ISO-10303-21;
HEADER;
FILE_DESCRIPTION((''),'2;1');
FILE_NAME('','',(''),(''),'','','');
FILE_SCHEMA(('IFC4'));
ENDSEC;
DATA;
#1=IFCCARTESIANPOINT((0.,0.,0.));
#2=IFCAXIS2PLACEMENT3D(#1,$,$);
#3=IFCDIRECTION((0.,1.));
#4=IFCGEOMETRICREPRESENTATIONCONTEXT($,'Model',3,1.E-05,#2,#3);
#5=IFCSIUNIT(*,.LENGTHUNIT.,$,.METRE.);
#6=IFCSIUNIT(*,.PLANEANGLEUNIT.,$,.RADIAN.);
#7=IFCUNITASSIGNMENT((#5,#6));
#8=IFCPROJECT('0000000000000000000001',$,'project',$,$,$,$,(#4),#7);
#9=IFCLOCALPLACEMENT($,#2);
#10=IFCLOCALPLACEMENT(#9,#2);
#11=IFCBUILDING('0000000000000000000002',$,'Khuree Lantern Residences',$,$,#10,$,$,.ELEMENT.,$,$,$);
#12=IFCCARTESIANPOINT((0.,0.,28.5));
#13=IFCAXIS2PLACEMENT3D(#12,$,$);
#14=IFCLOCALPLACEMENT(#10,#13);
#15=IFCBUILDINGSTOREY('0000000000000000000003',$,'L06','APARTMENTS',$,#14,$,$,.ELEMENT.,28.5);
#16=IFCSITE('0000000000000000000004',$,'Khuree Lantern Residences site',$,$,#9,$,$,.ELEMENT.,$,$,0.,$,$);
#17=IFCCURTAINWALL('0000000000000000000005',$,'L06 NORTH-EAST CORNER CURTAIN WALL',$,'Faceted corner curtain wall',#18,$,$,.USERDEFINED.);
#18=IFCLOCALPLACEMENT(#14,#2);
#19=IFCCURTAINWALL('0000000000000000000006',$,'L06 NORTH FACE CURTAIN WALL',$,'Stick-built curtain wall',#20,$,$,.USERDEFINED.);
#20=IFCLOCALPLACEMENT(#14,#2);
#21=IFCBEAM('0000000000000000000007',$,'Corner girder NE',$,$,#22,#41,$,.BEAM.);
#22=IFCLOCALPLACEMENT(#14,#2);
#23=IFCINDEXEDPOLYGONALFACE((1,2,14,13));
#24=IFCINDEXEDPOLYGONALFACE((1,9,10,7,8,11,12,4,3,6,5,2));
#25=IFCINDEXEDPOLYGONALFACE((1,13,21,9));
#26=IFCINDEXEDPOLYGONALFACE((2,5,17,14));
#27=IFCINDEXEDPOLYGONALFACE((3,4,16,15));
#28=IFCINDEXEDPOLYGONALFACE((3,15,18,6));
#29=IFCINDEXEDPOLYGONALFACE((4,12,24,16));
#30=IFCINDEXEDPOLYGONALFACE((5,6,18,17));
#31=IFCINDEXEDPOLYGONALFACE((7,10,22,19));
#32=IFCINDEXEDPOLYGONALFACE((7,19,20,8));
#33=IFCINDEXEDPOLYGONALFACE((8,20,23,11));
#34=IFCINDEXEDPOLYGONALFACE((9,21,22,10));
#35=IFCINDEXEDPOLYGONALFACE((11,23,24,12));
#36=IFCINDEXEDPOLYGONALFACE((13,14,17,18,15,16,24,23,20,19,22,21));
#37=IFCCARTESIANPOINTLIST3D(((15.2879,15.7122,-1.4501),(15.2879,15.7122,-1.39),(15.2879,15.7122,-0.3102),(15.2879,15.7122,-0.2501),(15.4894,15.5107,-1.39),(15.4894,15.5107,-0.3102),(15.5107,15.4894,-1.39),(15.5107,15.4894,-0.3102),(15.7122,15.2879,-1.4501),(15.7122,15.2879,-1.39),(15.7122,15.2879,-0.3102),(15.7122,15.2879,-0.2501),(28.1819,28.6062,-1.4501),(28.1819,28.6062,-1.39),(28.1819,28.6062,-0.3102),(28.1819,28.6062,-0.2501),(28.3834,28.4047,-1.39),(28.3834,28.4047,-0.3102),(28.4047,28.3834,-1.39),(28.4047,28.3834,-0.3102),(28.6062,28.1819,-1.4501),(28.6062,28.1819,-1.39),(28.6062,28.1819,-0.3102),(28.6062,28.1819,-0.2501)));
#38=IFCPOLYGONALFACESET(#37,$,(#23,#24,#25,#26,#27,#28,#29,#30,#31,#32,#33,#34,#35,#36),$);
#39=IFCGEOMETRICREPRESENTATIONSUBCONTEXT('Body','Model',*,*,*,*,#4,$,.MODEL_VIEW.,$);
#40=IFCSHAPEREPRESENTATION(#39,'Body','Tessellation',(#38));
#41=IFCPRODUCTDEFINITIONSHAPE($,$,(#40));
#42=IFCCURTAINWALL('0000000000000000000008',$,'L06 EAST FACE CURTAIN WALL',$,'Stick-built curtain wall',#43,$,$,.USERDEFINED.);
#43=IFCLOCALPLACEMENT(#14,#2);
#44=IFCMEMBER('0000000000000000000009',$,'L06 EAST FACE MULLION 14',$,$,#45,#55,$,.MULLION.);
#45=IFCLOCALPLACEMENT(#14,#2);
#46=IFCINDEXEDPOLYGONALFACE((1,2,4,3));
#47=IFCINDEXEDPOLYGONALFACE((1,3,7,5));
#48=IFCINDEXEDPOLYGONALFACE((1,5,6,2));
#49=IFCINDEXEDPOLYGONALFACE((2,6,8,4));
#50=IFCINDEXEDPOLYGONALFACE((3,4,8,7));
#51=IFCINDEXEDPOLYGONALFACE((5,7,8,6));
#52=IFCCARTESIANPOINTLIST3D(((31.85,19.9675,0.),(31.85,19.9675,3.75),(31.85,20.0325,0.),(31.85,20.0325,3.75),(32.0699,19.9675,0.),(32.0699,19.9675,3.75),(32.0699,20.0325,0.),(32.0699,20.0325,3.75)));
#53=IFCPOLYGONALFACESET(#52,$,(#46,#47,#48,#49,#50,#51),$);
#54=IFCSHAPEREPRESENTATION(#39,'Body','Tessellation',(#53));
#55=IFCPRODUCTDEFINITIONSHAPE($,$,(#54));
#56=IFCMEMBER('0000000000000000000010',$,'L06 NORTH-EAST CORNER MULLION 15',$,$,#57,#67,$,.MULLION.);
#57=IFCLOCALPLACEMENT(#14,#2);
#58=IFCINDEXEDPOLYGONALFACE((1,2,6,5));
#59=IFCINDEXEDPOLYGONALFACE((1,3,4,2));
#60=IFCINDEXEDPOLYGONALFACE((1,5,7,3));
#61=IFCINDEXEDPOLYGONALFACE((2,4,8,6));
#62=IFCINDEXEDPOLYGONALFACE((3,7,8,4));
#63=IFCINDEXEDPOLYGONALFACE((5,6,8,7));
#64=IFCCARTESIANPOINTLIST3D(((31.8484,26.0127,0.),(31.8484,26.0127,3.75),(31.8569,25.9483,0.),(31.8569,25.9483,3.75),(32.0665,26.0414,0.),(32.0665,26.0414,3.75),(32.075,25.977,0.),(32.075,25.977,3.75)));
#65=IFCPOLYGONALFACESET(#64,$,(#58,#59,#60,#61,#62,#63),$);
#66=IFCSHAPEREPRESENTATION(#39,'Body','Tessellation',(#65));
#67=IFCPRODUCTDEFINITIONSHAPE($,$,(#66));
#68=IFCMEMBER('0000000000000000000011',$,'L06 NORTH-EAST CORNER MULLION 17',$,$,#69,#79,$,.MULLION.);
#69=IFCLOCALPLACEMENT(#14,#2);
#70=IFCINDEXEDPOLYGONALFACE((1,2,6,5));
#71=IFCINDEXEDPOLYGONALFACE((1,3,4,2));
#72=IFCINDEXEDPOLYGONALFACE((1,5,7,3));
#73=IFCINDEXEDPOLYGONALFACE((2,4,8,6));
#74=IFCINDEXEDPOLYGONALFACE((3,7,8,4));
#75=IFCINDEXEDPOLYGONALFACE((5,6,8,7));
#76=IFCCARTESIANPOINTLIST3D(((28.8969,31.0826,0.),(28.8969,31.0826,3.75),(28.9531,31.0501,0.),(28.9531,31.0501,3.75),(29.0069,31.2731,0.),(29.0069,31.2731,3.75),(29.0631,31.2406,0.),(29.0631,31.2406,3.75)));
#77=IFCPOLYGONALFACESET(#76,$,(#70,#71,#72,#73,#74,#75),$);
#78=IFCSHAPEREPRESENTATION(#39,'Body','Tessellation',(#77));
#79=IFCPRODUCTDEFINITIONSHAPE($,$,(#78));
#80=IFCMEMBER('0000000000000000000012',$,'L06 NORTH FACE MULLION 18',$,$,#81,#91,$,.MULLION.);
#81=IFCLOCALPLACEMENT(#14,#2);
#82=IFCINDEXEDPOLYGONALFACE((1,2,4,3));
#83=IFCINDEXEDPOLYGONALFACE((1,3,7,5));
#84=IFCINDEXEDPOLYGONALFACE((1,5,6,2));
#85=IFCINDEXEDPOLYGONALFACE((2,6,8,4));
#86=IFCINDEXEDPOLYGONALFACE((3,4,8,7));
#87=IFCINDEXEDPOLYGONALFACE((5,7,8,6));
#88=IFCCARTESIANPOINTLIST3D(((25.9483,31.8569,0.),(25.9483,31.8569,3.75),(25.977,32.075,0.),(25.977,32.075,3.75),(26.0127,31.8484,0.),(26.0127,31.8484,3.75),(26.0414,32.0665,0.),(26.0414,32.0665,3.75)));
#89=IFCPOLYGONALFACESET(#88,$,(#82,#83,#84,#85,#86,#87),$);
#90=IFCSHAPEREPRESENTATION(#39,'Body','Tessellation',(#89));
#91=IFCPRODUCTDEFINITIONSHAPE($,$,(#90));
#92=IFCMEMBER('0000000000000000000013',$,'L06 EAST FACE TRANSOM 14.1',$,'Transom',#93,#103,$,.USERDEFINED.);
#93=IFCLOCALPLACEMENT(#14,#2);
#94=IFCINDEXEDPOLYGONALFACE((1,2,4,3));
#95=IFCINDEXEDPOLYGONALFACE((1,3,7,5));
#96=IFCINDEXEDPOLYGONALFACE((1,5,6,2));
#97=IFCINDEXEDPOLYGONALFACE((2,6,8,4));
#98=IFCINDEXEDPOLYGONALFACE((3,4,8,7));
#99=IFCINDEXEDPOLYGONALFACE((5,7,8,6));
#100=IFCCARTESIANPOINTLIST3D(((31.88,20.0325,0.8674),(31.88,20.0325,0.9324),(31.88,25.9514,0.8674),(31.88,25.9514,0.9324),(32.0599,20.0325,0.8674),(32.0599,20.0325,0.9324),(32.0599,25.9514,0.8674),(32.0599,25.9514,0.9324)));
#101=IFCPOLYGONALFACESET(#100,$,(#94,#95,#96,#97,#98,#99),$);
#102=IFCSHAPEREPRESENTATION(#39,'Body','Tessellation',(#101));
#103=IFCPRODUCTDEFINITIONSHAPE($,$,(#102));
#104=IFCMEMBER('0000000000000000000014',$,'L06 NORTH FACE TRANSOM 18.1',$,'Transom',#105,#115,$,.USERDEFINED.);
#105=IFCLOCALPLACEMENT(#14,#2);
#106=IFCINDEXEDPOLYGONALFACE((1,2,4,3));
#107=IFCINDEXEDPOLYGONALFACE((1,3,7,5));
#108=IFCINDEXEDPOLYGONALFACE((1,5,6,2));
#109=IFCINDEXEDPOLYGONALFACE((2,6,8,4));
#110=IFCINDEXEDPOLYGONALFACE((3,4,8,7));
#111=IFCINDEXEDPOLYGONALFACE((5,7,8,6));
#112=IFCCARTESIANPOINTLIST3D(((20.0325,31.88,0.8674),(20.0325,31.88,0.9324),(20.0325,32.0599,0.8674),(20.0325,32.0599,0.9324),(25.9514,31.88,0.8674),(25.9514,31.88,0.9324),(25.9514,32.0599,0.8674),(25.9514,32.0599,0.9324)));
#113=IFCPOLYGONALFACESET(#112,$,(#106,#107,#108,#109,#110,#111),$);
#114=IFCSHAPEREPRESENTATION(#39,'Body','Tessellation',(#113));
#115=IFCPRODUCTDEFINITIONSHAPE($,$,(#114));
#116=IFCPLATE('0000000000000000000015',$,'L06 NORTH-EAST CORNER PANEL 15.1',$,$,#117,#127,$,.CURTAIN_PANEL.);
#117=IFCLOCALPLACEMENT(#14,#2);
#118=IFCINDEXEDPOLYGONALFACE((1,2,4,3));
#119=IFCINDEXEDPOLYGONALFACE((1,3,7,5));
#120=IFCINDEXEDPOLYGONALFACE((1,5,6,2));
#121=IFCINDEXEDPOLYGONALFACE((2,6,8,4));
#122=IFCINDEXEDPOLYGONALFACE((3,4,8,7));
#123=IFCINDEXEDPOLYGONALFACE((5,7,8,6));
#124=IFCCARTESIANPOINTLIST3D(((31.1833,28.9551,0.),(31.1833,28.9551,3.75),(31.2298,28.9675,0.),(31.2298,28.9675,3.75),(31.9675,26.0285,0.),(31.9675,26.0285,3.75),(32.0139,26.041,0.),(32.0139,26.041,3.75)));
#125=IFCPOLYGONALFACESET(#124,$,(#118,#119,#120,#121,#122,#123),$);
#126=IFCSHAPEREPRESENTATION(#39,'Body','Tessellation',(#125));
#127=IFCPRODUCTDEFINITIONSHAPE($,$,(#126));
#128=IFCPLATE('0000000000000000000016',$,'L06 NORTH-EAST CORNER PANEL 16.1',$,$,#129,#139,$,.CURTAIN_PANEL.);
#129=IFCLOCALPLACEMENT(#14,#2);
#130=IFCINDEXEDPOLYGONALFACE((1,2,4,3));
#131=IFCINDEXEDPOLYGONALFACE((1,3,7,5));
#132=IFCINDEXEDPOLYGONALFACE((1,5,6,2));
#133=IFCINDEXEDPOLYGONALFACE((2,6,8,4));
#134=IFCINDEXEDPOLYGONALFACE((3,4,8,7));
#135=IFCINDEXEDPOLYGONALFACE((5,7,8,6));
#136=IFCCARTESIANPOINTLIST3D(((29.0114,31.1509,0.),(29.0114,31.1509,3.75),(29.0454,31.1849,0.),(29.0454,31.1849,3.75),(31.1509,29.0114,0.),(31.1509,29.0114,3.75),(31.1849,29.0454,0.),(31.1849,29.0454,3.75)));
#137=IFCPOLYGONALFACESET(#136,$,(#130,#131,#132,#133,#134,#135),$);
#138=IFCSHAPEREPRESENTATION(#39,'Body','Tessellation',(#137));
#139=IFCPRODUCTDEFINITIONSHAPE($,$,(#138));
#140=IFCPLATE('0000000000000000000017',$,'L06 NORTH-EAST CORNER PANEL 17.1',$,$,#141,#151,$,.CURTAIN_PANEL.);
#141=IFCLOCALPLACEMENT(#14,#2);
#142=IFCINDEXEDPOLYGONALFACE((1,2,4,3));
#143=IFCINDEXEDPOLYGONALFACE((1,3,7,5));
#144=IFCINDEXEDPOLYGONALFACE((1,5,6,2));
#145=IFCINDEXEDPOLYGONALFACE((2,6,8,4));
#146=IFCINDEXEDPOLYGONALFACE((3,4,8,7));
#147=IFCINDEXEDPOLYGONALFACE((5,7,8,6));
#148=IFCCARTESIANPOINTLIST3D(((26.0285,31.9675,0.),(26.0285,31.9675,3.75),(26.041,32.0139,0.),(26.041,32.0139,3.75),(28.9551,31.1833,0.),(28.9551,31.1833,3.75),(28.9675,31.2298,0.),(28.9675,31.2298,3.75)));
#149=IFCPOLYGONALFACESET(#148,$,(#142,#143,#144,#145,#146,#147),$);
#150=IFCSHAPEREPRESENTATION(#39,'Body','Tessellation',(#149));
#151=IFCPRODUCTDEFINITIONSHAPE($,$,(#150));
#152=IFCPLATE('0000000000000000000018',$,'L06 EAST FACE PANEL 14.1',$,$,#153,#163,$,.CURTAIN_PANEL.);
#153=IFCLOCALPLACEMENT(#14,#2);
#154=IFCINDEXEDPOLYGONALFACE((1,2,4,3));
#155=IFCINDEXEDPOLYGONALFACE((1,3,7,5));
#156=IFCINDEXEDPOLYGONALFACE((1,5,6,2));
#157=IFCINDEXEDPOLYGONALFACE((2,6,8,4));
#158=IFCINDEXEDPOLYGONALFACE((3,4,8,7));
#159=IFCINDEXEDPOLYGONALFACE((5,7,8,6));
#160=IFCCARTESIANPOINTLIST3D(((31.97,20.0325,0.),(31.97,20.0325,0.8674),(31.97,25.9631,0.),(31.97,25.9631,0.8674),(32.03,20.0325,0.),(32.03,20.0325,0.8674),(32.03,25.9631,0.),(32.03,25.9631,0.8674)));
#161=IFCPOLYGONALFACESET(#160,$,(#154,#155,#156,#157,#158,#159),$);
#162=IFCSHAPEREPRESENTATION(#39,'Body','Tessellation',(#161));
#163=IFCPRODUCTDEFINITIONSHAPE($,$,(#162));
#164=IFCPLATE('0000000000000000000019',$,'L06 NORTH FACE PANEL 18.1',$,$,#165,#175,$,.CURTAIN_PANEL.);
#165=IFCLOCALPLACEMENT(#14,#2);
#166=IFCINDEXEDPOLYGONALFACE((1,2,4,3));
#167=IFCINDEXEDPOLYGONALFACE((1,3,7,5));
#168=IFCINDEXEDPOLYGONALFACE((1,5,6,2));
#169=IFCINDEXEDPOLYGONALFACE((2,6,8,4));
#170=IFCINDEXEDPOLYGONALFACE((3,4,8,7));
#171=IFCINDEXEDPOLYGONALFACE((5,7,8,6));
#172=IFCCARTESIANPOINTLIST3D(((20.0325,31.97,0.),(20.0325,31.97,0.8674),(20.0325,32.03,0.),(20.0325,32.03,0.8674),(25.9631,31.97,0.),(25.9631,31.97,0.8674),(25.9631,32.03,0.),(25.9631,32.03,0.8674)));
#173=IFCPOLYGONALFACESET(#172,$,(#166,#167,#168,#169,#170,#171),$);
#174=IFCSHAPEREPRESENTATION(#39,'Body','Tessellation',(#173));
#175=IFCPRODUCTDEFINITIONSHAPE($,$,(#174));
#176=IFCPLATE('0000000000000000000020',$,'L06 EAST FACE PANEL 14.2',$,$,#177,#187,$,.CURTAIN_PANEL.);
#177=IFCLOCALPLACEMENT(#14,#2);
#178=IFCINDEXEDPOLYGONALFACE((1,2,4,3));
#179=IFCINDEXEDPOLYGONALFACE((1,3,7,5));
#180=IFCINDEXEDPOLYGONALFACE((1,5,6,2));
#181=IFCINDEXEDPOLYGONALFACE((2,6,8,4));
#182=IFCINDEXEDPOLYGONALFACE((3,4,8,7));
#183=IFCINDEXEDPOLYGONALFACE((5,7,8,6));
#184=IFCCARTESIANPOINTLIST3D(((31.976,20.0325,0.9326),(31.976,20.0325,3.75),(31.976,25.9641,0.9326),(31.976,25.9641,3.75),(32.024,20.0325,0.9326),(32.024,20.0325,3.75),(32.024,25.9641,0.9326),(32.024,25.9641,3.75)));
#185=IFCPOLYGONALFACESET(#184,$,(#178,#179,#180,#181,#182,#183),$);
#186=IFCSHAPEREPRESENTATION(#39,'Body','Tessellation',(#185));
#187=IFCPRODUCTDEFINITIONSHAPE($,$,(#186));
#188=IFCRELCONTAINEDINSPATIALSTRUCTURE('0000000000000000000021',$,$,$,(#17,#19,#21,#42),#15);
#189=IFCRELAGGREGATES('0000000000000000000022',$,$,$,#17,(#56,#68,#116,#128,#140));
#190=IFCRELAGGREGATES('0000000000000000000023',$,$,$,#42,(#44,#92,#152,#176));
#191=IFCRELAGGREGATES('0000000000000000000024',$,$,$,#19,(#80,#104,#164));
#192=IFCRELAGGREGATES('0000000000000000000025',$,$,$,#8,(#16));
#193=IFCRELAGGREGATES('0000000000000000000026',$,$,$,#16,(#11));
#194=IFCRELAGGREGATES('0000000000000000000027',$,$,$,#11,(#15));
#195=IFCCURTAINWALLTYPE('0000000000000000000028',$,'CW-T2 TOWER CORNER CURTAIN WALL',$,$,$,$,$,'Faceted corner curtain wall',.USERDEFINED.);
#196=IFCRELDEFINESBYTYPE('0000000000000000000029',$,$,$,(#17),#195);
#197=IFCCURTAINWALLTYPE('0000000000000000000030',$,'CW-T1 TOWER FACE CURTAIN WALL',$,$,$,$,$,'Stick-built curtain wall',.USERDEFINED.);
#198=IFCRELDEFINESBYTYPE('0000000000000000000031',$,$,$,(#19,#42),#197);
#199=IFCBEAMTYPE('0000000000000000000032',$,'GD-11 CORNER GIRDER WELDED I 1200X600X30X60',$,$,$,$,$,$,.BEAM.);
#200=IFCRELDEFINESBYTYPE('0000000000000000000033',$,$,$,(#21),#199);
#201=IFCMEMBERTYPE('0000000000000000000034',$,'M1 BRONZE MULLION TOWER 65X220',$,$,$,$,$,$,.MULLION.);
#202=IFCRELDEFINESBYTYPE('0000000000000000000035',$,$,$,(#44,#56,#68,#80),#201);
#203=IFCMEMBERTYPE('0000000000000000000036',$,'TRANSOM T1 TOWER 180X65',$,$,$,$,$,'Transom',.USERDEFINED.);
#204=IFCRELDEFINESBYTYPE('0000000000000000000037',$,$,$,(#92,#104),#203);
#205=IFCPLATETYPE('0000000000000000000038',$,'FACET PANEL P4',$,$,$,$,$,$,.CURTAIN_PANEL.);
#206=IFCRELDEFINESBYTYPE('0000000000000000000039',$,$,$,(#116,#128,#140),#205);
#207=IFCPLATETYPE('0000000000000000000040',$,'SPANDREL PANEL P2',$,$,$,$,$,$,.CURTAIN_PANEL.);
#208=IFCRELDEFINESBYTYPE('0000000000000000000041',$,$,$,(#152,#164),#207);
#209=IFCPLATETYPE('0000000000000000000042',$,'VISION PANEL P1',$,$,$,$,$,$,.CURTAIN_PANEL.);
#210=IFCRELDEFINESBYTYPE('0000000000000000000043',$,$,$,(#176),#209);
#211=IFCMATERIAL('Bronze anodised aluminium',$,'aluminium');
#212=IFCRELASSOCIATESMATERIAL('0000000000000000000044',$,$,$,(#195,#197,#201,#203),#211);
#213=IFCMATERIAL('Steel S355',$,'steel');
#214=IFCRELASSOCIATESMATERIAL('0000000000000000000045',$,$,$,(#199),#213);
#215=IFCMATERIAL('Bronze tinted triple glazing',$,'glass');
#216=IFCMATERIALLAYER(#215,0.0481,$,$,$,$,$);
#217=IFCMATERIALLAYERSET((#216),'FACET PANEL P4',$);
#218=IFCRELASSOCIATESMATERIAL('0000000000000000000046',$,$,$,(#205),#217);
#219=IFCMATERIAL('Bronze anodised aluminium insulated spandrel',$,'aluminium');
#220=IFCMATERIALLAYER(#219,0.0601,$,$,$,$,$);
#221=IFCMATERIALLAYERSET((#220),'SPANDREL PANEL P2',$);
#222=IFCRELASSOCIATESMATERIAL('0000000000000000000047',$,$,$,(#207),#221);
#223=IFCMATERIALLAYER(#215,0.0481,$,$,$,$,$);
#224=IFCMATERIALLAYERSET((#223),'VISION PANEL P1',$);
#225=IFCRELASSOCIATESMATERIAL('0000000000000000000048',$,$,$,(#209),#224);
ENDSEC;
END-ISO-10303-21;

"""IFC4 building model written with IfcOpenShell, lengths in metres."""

from ifc_helpers import new_model, si_unit, direction, frame, origin, origin_2d, place, context, subcontext, project, spatial, rectangle, i_section, extrude, material, layer, layer_set, material_profile, profile_set, type_object, element, aggregate, save


model = new_model("IFC4")

# Units and contexts
model_context = context("Model", 3, precision=1e-05, world=origin(), true_north=direction((0.0, 1.0)))
body_context = subcontext(model_context, "Body", "Model", "MODEL_VIEW")
ifc_project = project(units=[si_unit("LENGTHUNIT", "METRE"), si_unit("PLANEANGLEUNIT", "RADIAN")], contexts=[model_context])

# Site, building, storey
site_placement = place(None, origin())
site = spatial("IfcSite", under=ifc_project, at=site_placement, Name="Khuree Lantern Residences site", CompositionType="ELEMENT", RefElevation=0.0)
building_placement = place(site_placement, origin())
building = spatial("IfcBuilding", under=site, at=building_placement, Name="Khuree Lantern Residences", CompositionType="ELEMENT")
storey_placement = place(building_placement, frame((0.0, 0.0, 28.5)))
storey = spatial("IfcBuildingStorey", under=building, at=storey_placement, Name="L06", Description="APARTMENTS", CompositionType="ELEMENT", Elevation=28.5)

# Shared definitions
ifc_material_1 = material(Name="Steel S355", Category="steel")

# Curtain walls
ifc_material_2 = material(Name="Bronze anodised aluminium", Category="aluminium")
curtain_wall_type_1 = type_object("IfcCurtainWallType", Name="CW-T2 TOWER CORNER CURTAIN WALL", ElementType="Faceted corner curtain wall", PredefinedType="USERDEFINED", material=ifc_material_2)
curtain_wall_1_placement = place(storey_placement, origin())
curtain_wall_1 = element("IfcCurtainWall", 1, at=curtain_wall_1_placement, inside=storey, type_object=curtain_wall_type_1, Name="L06 NORTH-EAST CORNER CURTAIN WALL", ObjectType="Faceted corner curtain wall", PredefinedType="USERDEFINED")
curtain_wall_type_2 = type_object("IfcCurtainWallType", Name="CW-T1 TOWER FACE CURTAIN WALL", ElementType="Stick-built curtain wall", PredefinedType="USERDEFINED", material=ifc_material_2)
curtain_wall_2_placement = place(storey_placement, origin())
curtain_wall_2 = element("IfcCurtainWall", 2, at=curtain_wall_2_placement, inside=storey, type_object=curtain_wall_type_2, Name="L06 NORTH FACE CURTAIN WALL", ObjectType="Stick-built curtain wall", PredefinedType="USERDEFINED")

# Beam
ifc_material_profile_1 = material_profile(ifc_material_1, i_section(OverallWidth=0.6001, OverallDepth=1.2, WebThickness=0.03, FlangeThickness=0.0601, at=origin_2d()), Name="WELDED I 1200X600X30X60")
ifc_profile_set_1 = profile_set([ifc_material_profile_1], Name="Steel S355")
beam_type_1 = type_object("IfcBeamType", Name="GD-11 CORNER GIRDER WELDED I 1200X600X30X60", PredefinedType="BEAM", material=ifc_profile_set_1)
beam_1_placement = place(storey_placement, frame((28.394, 28.394, -0.8501), z_axis=(-0.707107, -0.707107, 0.0), x_axis=(0.707107, -0.707107, 0.0)))
element("IfcBeam", 3, at=beam_1_placement, inside=storey, type_object=beam_type_1, Name="Corner girder NE", PredefinedType="BEAM", context=body_context, shape_type="SweptSolid", body=[
    extrude(i_section(OverallWidth=0.6001, OverallDepth=1.2, WebThickness=0.03, FlangeThickness=0.0601, at=origin_2d()), origin(), (0.0, 0.0, 1.0), 18.2349),
])

# Curtain wall, member
curtain_wall_3_placement = place(storey_placement, origin())
curtain_wall_3 = element("IfcCurtainWall", 4, at=curtain_wall_3_placement, inside=storey, type_object=curtain_wall_type_2, Name="L06 EAST FACE CURTAIN WALL", ObjectType="Stick-built curtain wall", PredefinedType="USERDEFINED")
ifc_material_profile_2 = material_profile(ifc_material_2, rectangle(XDim=0.0649, YDim=0.22, at=origin_2d()), Name="M1 65X220")
ifc_profile_set_2 = profile_set([ifc_material_profile_2], Name="Bronze anodised aluminium")
member_type_1 = type_object("IfcMemberType", Name="M1 BRONZE MULLION TOWER 65X220", PredefinedType="MULLION", material=ifc_profile_set_2)
member_1_placement = place(storey_placement, frame((31.96, 20.0, 0.0), z_axis=(0.0, 0.0, 1.0), x_axis=(0.0, 1.0, 0.0)))
member_1 = element("IfcMember", 5, at=member_1_placement, type_object=member_type_1, Name="L06 EAST FACE MULLION 14", PredefinedType="MULLION", context=body_context, shape_type="SweptSolid", body=[
    extrude(rectangle(XDim=0.0649, YDim=0.22, at=origin_2d()), origin(), (0.0, 0.0, 1.0), 3.75),
])

# Members
member_2_placement = place(storey_placement, frame((31.9617, 25.9949, 0.0), z_axis=(0.0, 0.0, 1.0), x_axis=(-0.130526, 0.991445, 0.0)))
member_2 = element("IfcMember", 6, at=member_2_placement, type_object=member_type_1, Name="L06 NORTH-EAST CORNER MULLION 15", PredefinedType="MULLION", context=body_context, shape_type="SweptSolid", body=[
    extrude(rectangle(XDim=0.0649, YDim=0.22, at=origin_2d()), origin(), (0.0, 0.0, 1.0), 3.75),
])
member_3_placement = place(storey_placement, frame((28.98, 31.1616, 0.0), z_axis=(0.0, 0.0, 1.0), x_axis=(-0.866025, 0.5, 0.0)))
member_3 = element("IfcMember", 7, at=member_3_placement, type_object=member_type_1, Name="L06 NORTH-EAST CORNER MULLION 17", PredefinedType="MULLION", context=body_context, shape_type="SweptSolid", body=[
    extrude(rectangle(XDim=0.0649, YDim=0.22, at=origin_2d()), origin(), (0.0, 0.0, 1.0), 3.75),
])
member_4_placement = place(storey_placement, frame((25.9949, 31.9617, 0.0), z_axis=(0.0, 0.0, 1.0), x_axis=(-0.991445, 0.130526, 0.0)))
member_4 = element("IfcMember", 8, at=member_4_placement, type_object=member_type_1, Name="L06 NORTH FACE MULLION 18", PredefinedType="MULLION", context=body_context, shape_type="SweptSolid", body=[
    extrude(rectangle(XDim=0.0649, YDim=0.22, at=origin_2d()), origin(), (0.0, 0.0, 1.0), 3.75),
])
ifc_material_profile_3 = material_profile(ifc_material_2, rectangle(XDim=0.1799, YDim=0.0649, at=origin_2d()), Name="T1 180X65")
ifc_profile_set_3 = profile_set([ifc_material_profile_3], Name="Bronze anodised aluminium")
member_type_2 = type_object("IfcMemberType", Name="TRANSOM T1 TOWER 180X65", ElementType="Transom", PredefinedType="USERDEFINED", material=ifc_profile_set_3)
member_5_placement = place(storey_placement, frame((31.97, 20.0325, 0.8999), z_axis=(0.0, 1.0, 0.0), x_axis=(-1.0, 0.0, 0.0)))
member_5 = element("IfcMember", 9, at=member_5_placement, type_object=member_type_2, Name="L06 EAST FACE TRANSOM 14.1", ObjectType="Transom", PredefinedType="USERDEFINED", context=body_context, shape_type="SweptSolid", body=[
    extrude(rectangle(XDim=0.1799, YDim=0.0649, at=origin_2d()), origin(), (0.0, 0.0, 1.0), 5.9189),
])
member_6_placement = place(storey_placement, frame((25.9514, 31.97, 0.8999), z_axis=(-1.0, 0.0, 0.0), x_axis=(0.0, -1.0, 0.0)))
member_6 = element("IfcMember", 10, at=member_6_placement, type_object=member_type_2, Name="L06 NORTH FACE TRANSOM 18.1", ObjectType="Transom", PredefinedType="USERDEFINED", context=body_context, shape_type="SweptSolid", body=[
    extrude(rectangle(XDim=0.1799, YDim=0.0649, at=origin_2d()), origin(), (0.0, 0.0, 1.0), 5.9189),
])

# Plates
ifc_material_3 = material(Name="Bronze tinted triple glazing", Category="glass")
ifc_layer_1 = layer(ifc_material_3, 0.0481)
ifc_layer_set_1 = layer_set([ifc_layer_1], Name="FACET PANEL P4")
plate_type_1 = type_object("IfcPlateType", Name="FACET PANEL P4", PredefinedType="CURTAIN_PANEL", material=ifc_layer_set_1)
plate_1_placement = place(storey_placement, frame((31.5986, 27.498, 0.0), z_axis=(0.0, 0.0, 1.0), x_axis=(-0.258819, 0.965926, 0.0)))
plate_1 = element("IfcPlate", 11, at=plate_1_placement, type_object=plate_type_1, Name="L06 NORTH-EAST CORNER PANEL 15.1", PredefinedType="CURTAIN_PANEL", context=body_context, shape_type="SweptSolid", body=[
    extrude(rectangle(XDim=3.0298, YDim=0.0481, at=origin_2d()), origin(), (0.0, 0.0, 1.0), 3.75),
])
plate_2_placement = place(storey_placement, frame((30.0981, 30.0981, 0.0), z_axis=(0.0, 0.0, 1.0), x_axis=(-0.707107, 0.707107, 0.0)))
plate_2 = element("IfcPlate", 12, at=plate_2_placement, type_object=plate_type_1, Name="L06 NORTH-EAST CORNER PANEL 16.1", PredefinedType="CURTAIN_PANEL", context=body_context, shape_type="SweptSolid", body=[
    extrude(rectangle(XDim=3.0256, YDim=0.0481, at=origin_2d()), origin(), (0.0, 0.0, 1.0), 3.75),
])
plate_3_placement = place(storey_placement, frame((27.498, 31.5986, 0.0), z_axis=(0.0, 0.0, 1.0), x_axis=(-0.965926, 0.258819, 0.0)))
plate_3 = element("IfcPlate", 13, at=plate_3_placement, type_object=plate_type_1, Name="L06 NORTH-EAST CORNER PANEL 17.1", PredefinedType="CURTAIN_PANEL", context=body_context, shape_type="SweptSolid", body=[
    extrude(rectangle(XDim=3.0298, YDim=0.0481, at=origin_2d()), origin(), (0.0, 0.0, 1.0), 3.75),
])
aggregate(curtain_wall_1, [member_2, member_3, plate_1, plate_2, plate_3])
ifc_material_4 = material(Name="Bronze anodised aluminium insulated spandrel", Category="aluminium")
ifc_layer_2 = layer(ifc_material_4, 0.0601)
ifc_layer_set_2 = layer_set([ifc_layer_2], Name="SPANDREL PANEL P2")
plate_type_2 = type_object("IfcPlateType", Name="SPANDREL PANEL P2", PredefinedType="CURTAIN_PANEL", material=ifc_layer_set_2)
plate_4_placement = place(storey_placement, frame((32.0, 22.9978, 0.0), z_axis=(0.0, 0.0, 1.0), x_axis=(0.0, 1.0, 0.0)))
plate_4 = element("IfcPlate", 14, at=plate_4_placement, type_object=plate_type_2, Name="L06 EAST FACE PANEL 14.1", PredefinedType="CURTAIN_PANEL", context=body_context, shape_type="SweptSolid", body=[
    extrude(rectangle(XDim=5.9307, YDim=0.0601, at=origin_2d()), origin(), (0.0, 0.0, 1.0), 0.8674),
])
plate_5_placement = place(storey_placement, frame((22.9978, 32.0, 0.0), z_axis=(0.0, 0.0, 1.0), x_axis=(-1.0, 0.0, 0.0)))
plate_5 = element("IfcPlate", 15, at=plate_5_placement, type_object=plate_type_2, Name="L06 NORTH FACE PANEL 18.1", PredefinedType="CURTAIN_PANEL", context=body_context, shape_type="SweptSolid", body=[
    extrude(rectangle(XDim=5.9307, YDim=0.0601, at=origin_2d()), origin(), (0.0, 0.0, 1.0), 0.8674),
])
ifc_layer_3 = layer(ifc_material_3, 0.0481)
ifc_layer_set_3 = layer_set([ifc_layer_3], Name="VISION PANEL P1")
plate_type_3 = type_object("IfcPlateType", Name="VISION PANEL P1", PredefinedType="CURTAIN_PANEL", material=ifc_layer_set_3)
plate_6_placement = place(storey_placement, frame((32.0, 22.9983, 0.9326), z_axis=(0.0, 0.0, 1.0), x_axis=(0.0, 1.0, 0.0)))
plate_6 = element("IfcPlate", 16, at=plate_6_placement, type_object=plate_type_3, Name="L06 EAST FACE PANEL 14.2", PredefinedType="CURTAIN_PANEL", context=body_context, shape_type="SweptSolid", body=[
    extrude(rectangle(XDim=5.9316, YDim=0.0481, at=origin_2d()), origin(), (0.0, 0.0, 1.0), 2.8174),
])
aggregate(curtain_wall_3, [member_1, member_5, plate_4, plate_6])
aggregate(curtain_wall_2, [member_4, member_6, plate_5])

save(model, "model.ifc")
